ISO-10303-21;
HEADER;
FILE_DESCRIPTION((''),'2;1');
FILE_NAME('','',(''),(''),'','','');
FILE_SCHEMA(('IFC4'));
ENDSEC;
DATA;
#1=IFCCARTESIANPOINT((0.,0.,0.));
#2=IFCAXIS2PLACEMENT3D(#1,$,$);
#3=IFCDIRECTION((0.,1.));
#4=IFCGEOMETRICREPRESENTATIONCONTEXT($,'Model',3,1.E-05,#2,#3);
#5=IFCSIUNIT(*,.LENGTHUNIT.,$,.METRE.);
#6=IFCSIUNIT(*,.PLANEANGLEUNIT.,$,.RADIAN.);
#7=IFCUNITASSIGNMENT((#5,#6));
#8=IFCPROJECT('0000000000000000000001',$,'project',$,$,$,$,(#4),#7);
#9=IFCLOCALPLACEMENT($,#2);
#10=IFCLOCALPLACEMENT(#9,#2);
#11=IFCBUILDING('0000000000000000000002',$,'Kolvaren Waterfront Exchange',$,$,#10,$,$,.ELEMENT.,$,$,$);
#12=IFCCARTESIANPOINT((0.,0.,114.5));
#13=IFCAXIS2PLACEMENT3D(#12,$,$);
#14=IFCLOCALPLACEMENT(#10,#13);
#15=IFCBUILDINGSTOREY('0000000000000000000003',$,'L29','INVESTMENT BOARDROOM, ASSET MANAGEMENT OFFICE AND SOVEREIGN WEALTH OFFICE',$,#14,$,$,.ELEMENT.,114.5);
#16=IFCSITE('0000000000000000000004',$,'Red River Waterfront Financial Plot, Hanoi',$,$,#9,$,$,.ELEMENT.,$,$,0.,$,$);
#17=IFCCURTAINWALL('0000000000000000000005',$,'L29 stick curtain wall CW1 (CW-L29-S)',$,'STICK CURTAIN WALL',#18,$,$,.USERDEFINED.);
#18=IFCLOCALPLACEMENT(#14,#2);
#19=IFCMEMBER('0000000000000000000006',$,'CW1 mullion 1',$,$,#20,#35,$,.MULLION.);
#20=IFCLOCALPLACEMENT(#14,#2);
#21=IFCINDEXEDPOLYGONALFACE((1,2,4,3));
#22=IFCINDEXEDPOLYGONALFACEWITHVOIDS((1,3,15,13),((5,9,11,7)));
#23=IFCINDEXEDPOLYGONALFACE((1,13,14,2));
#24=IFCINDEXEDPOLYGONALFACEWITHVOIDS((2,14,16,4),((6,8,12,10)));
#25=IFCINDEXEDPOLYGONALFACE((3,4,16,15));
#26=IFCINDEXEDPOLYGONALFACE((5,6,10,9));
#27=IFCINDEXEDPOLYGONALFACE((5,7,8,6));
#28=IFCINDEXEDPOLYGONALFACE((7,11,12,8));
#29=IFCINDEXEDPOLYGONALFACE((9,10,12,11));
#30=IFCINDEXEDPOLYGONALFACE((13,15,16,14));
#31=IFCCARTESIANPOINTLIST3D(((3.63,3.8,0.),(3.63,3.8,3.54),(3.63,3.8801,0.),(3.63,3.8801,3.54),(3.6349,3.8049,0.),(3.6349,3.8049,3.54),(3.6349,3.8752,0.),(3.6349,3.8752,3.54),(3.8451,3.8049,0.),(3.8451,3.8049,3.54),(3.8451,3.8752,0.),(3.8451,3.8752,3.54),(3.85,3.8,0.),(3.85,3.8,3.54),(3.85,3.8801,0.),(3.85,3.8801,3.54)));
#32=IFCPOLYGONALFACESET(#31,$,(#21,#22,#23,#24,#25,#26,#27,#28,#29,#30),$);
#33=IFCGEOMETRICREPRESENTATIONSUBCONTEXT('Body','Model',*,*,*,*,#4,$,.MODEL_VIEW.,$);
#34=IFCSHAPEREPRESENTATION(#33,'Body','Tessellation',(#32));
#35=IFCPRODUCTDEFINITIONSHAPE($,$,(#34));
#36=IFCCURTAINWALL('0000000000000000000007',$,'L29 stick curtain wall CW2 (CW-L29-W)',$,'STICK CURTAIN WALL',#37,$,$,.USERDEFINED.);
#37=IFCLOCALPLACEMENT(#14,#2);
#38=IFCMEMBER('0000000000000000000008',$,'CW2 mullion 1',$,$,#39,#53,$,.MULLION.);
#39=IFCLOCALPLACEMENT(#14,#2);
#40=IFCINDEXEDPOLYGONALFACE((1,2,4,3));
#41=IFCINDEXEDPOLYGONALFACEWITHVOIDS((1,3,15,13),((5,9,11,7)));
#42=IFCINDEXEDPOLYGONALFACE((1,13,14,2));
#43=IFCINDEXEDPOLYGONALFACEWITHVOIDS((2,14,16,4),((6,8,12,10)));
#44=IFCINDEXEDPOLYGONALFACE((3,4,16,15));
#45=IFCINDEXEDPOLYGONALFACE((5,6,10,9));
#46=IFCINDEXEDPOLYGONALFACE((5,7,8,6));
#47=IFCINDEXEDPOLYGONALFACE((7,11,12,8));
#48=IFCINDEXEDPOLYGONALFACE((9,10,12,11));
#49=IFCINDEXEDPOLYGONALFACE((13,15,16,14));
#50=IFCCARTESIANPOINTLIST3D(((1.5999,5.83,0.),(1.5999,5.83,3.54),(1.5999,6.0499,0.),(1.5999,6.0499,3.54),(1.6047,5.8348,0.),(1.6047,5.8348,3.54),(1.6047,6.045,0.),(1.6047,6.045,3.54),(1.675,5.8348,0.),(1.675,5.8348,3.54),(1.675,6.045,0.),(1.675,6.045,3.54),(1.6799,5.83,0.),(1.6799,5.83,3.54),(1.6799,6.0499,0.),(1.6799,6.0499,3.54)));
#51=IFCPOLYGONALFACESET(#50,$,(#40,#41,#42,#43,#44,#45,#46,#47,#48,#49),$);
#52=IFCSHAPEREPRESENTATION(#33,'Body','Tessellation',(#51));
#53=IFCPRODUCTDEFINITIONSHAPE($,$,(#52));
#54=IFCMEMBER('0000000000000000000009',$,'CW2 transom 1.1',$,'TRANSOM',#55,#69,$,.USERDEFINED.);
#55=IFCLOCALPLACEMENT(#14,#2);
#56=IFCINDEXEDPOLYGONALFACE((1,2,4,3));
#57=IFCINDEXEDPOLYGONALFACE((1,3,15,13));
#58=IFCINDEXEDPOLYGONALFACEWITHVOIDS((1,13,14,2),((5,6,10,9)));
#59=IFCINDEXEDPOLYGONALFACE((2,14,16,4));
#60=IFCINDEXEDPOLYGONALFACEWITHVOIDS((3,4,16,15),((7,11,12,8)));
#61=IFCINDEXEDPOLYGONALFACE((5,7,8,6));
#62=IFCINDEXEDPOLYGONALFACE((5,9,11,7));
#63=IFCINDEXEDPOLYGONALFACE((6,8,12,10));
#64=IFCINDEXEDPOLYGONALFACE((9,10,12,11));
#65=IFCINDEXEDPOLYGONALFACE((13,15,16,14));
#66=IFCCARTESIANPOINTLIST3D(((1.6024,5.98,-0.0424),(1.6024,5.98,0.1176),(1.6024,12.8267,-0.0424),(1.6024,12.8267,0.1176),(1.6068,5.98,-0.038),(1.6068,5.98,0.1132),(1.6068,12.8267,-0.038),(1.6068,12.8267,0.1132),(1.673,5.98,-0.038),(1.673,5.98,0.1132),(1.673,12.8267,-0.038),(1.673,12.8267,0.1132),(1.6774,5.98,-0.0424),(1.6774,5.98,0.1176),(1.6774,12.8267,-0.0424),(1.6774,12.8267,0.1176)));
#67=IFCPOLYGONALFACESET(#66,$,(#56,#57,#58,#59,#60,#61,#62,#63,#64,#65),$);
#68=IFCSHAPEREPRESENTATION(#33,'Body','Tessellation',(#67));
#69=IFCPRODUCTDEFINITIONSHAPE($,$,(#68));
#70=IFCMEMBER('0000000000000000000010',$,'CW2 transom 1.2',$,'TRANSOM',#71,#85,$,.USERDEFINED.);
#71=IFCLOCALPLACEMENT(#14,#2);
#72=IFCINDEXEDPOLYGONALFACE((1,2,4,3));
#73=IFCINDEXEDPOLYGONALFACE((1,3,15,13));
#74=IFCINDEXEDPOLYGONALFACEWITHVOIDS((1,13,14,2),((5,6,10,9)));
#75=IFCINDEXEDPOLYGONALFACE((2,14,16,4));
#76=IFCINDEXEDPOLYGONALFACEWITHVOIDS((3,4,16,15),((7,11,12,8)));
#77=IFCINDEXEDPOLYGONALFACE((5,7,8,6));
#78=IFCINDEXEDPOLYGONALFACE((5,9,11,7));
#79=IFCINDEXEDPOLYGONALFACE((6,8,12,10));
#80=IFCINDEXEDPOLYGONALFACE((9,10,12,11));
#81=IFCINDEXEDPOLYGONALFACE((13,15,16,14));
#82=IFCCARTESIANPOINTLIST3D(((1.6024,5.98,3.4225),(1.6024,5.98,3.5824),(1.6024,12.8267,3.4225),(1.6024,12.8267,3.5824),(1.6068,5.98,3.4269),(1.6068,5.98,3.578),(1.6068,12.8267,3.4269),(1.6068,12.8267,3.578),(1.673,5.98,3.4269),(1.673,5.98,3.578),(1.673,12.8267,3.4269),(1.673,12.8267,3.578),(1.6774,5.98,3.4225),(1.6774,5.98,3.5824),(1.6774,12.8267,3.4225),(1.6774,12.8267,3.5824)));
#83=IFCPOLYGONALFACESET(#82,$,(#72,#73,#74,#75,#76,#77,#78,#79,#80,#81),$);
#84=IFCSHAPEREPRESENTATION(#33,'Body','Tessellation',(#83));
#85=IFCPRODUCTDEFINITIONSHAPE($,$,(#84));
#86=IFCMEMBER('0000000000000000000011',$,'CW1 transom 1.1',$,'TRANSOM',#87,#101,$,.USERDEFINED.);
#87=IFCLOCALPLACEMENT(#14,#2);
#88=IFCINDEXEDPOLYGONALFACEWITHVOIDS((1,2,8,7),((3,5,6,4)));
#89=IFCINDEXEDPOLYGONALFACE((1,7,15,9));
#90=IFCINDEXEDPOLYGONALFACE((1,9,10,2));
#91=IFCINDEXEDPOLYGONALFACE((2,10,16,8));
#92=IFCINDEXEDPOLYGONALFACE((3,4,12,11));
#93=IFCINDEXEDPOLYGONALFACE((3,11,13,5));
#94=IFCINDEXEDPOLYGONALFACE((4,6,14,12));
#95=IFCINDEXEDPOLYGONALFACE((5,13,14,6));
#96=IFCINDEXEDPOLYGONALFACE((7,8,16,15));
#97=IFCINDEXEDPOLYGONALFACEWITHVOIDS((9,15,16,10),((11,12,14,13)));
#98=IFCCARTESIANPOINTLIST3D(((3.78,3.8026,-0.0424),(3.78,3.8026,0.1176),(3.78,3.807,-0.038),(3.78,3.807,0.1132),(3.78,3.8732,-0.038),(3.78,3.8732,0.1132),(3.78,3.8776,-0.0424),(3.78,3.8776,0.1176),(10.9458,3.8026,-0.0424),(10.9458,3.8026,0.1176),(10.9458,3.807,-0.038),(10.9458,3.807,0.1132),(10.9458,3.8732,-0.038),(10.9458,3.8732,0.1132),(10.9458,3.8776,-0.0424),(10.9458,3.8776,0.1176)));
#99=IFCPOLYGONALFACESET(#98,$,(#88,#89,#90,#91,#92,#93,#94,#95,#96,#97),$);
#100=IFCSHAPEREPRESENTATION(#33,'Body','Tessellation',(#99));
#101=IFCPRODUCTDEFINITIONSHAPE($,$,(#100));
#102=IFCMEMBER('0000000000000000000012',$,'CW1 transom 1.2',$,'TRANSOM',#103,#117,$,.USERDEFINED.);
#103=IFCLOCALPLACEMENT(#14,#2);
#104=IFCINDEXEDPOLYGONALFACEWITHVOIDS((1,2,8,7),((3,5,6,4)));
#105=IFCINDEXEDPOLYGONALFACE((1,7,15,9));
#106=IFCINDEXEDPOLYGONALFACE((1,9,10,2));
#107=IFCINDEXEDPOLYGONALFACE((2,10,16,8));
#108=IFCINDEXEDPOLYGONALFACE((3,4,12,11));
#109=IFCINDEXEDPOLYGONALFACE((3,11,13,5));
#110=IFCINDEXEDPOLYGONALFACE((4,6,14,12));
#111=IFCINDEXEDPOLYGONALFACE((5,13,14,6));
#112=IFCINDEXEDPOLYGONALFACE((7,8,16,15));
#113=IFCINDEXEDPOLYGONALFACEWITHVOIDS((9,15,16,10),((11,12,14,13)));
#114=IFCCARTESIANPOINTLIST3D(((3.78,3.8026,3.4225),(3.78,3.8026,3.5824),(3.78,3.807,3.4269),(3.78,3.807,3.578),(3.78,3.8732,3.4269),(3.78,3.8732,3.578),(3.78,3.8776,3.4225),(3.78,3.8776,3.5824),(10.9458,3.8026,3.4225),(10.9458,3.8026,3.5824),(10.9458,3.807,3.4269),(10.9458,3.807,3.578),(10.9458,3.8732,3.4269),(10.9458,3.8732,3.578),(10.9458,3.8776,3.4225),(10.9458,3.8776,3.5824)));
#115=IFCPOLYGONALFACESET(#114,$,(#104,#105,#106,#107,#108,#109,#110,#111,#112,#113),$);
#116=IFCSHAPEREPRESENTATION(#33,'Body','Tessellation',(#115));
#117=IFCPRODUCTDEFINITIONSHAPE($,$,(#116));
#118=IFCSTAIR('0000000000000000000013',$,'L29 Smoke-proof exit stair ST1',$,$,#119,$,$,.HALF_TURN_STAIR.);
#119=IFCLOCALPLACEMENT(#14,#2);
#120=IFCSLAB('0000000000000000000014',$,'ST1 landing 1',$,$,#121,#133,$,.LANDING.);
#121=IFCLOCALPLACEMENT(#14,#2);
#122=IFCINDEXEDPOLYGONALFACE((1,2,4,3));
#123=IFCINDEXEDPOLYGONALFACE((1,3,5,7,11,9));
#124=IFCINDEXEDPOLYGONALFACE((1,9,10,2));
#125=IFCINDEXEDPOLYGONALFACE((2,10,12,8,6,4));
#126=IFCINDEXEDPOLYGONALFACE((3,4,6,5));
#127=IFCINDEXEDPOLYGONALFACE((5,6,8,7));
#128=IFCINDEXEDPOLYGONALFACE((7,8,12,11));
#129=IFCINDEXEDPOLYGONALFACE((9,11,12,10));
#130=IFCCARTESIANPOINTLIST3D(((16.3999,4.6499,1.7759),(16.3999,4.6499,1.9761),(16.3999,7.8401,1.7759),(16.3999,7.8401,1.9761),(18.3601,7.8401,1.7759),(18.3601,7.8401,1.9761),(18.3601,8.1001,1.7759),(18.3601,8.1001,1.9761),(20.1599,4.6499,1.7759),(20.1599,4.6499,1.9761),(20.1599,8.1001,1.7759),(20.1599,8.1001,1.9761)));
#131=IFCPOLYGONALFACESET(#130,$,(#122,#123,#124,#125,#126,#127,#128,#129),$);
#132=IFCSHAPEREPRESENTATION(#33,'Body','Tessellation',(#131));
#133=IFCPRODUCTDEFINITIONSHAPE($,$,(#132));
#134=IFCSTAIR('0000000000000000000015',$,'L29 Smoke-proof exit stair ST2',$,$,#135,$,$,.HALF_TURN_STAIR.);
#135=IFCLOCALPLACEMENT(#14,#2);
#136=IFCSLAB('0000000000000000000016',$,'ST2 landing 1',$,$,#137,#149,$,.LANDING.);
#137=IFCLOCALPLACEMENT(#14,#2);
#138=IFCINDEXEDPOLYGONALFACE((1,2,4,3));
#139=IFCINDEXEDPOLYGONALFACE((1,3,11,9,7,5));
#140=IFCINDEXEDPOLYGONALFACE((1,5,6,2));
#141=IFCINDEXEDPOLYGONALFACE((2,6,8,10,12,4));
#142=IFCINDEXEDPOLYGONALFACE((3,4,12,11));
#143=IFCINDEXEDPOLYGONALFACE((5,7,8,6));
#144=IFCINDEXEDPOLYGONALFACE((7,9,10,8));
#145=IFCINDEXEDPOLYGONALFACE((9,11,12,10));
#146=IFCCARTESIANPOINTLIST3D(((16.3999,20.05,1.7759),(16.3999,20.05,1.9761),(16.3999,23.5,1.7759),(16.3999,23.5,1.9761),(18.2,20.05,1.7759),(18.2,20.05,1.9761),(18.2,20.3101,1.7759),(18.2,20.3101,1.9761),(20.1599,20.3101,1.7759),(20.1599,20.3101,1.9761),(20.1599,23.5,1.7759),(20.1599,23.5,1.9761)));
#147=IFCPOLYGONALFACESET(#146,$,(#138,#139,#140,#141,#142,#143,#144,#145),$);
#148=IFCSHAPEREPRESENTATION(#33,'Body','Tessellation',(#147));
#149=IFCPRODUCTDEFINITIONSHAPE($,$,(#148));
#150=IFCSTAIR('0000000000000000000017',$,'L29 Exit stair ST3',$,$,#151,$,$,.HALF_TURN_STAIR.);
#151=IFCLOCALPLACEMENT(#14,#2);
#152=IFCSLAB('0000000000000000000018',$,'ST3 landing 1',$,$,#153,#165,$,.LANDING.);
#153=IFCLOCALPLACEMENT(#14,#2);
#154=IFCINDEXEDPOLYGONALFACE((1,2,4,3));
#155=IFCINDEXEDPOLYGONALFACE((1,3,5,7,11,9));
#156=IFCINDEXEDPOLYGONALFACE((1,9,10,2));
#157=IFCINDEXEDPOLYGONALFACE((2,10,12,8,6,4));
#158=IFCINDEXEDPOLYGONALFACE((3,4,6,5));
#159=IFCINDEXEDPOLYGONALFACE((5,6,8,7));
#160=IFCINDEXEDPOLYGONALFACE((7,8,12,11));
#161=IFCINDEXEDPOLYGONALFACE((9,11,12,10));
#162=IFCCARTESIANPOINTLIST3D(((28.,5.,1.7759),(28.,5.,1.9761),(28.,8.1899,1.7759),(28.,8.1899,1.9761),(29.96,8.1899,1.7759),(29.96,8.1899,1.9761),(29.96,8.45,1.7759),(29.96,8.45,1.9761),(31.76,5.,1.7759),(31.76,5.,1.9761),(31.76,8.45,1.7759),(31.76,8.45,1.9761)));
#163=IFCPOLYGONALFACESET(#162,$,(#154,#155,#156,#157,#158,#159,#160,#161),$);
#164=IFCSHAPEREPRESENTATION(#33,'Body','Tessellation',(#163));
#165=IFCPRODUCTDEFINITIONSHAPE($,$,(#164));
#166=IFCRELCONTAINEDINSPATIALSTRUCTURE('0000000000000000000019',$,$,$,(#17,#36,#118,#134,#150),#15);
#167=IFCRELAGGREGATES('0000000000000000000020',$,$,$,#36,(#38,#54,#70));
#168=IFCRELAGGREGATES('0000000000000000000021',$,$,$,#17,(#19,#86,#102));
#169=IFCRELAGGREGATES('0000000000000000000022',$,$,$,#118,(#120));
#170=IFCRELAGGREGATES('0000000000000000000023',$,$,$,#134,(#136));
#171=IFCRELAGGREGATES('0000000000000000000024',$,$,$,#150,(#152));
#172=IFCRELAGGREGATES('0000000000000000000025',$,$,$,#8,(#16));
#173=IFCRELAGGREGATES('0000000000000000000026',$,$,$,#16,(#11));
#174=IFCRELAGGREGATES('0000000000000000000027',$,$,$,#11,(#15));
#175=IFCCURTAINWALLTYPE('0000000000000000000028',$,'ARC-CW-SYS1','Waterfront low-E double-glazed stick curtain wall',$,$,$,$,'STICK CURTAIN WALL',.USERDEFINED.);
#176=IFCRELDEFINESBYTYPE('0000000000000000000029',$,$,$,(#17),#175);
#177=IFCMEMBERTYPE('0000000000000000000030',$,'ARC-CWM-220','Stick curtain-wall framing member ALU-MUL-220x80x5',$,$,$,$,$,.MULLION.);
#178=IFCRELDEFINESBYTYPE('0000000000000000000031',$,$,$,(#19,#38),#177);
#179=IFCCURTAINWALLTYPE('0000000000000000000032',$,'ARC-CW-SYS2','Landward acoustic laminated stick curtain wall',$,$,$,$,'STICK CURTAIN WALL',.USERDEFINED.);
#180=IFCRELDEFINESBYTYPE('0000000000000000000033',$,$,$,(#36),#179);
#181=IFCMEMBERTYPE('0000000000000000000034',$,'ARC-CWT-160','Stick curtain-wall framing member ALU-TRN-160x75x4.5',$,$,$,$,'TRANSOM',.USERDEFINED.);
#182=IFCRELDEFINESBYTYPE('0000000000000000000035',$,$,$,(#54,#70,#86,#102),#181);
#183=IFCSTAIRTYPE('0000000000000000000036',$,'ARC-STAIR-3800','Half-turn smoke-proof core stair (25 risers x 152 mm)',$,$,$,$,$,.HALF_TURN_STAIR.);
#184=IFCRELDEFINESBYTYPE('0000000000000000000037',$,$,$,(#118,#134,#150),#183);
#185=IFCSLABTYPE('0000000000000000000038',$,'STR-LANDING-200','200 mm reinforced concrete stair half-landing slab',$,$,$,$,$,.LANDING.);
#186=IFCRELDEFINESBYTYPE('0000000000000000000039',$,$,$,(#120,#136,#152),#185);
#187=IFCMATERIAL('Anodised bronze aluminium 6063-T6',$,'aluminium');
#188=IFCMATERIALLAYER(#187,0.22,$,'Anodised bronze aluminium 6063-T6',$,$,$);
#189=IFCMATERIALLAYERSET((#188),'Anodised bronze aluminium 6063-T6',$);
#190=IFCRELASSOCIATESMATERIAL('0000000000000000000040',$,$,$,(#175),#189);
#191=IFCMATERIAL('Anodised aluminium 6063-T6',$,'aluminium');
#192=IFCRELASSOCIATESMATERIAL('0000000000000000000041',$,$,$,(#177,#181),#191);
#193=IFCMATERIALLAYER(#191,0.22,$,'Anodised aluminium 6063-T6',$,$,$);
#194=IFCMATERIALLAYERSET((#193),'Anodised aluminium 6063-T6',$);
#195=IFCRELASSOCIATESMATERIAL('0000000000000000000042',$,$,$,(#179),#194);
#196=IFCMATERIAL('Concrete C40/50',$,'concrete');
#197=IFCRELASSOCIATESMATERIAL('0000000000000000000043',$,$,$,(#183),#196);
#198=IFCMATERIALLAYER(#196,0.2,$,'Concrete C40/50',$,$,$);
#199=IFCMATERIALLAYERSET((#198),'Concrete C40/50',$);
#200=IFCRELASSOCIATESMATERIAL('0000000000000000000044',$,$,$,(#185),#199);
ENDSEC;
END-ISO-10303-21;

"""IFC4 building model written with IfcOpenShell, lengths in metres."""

from ifc_helpers import new_model, si_unit, direction, frame, origin, origin_with_axes, origin_2d, place, context, subcontext, project, spatial, polyline, hollow_rectangle, outline, extrude, source, transform, mapped, material, layer, layer_set, material_profile, profile_set, type_object, element, aggregate, save


model = new_model("IFC4")

# Units and contexts
model_context = context("Model", 3, precision=1e-05, world=origin(), true_north=direction((0.0, 1.0)))
body_context = subcontext(model_context, "Body", "Model", "MODEL_VIEW")
ifc_project = project(units=[si_unit("LENGTHUNIT", "METRE"), si_unit("PLANEANGLEUNIT", "RADIAN")], contexts=[model_context])

# Site, building, storey
site_placement = place(None, origin())
site = spatial("IfcSite", under=ifc_project, at=site_placement, Name="Red River Waterfront Financial Plot, Hanoi", CompositionType="ELEMENT", RefElevation=0.0)
building_placement = place(site_placement, origin())
building = spatial("IfcBuilding", under=site, at=building_placement, Name="Kolvaren Waterfront Exchange", CompositionType="ELEMENT")
storey_placement = place(building_placement, frame((0.0, 0.0, 114.5)))
storey = spatial("IfcBuildingStorey", under=building, at=storey_placement, Name="L29", Description="INVESTMENT BOARDROOM, ASSET MANAGEMENT OFFICE AND SOVEREIGN WEALTH OFFICE", CompositionType="ELEMENT", Elevation=114.5)

# Curtain wall, member
ifc_material_1 = material(Name="Anodised bronze aluminium 6063-T6", Category="aluminium")
ifc_layer_1 = layer(ifc_material_1, 0.22, Name="Anodised bronze aluminium 6063-T6")
ifc_layer_set_1 = layer_set([ifc_layer_1], Name="Anodised bronze aluminium 6063-T6")
curtain_wall_type_1 = type_object("IfcCurtainWallType", Name="ARC-CW-SYS1", Description="Waterfront low-E double-glazed stick curtain wall", ElementType="STICK CURTAIN WALL", PredefinedType="USERDEFINED", material=ifc_layer_set_1)
curtain_wall_1_placement = place(storey_placement, origin())
curtain_wall_1 = element("IfcCurtainWall", 1, at=curtain_wall_1_placement, inside=storey, type_object=curtain_wall_type_1, Name="L29 stick curtain wall CW1 (CW-L29-S)", ObjectType="STICK CURTAIN WALL", PredefinedType="USERDEFINED")
ifc_material_2 = material(Name="Anodised aluminium 6063-T6", Category="aluminium")
ifc_material_profile_1 = material_profile(ifc_material_2, hollow_rectangle(XDim=0.0801, YDim=0.22, WallThickness=0.0049, at=origin_2d()), Name="ALU-MUL-220x80x5")
ifc_profile_set_1 = profile_set([ifc_material_profile_1], Name="Anodised aluminium 6063-T6")
member_type_1 = type_object("IfcMemberType", Name="ARC-CWM-220", Description="Stick curtain-wall framing member ALU-MUL-220x80x5", PredefinedType="MULLION", material=ifc_profile_set_1)
shared_shape_1 = source(origin_with_axes(), body_context, "Body", "SweptSolid", [
    extrude(hollow_rectangle(XDim=0.0801, YDim=0.22, WallThickness=0.0049, at=origin_2d()), origin(), (0.0, 0.0, 1.0), 3.54),
])
member_1_placement = place(storey_placement, frame((3.74, 3.8401, 0.0), z_axis=(0.0, 0.0, 1.0), x_axis=(0.0, 1.0, 0.0)))
member_1 = element("IfcMember", 2, at=member_1_placement, type_object=member_type_1, Name="CW1 mullion 1", PredefinedType="MULLION", context=body_context, shape_type="MappedRepresentation", body=[
    mapped(shared_shape_1, transform((0.0, 0.0, 0.0), x_axis=(1.0, 0.0, 0.0), y_axis=(0.0, 1.0, 0.0), z_axis=(0.0, 0.0, 1.0), scale=1.0)),
])

# Curtain wall, members
ifc_layer_2 = layer(ifc_material_2, 0.22, Name="Anodised aluminium 6063-T6")
ifc_layer_set_2 = layer_set([ifc_layer_2], Name="Anodised aluminium 6063-T6")
curtain_wall_type_2 = type_object("IfcCurtainWallType", Name="ARC-CW-SYS2", Description="Landward acoustic laminated stick curtain wall", ElementType="STICK CURTAIN WALL", PredefinedType="USERDEFINED", material=ifc_layer_set_2)
curtain_wall_2_placement = place(storey_placement, origin())
curtain_wall_2 = element("IfcCurtainWall", 3, at=curtain_wall_2_placement, inside=storey, type_object=curtain_wall_type_2, Name="L29 stick curtain wall CW2 (CW-L29-W)", ObjectType="STICK CURTAIN WALL", PredefinedType="USERDEFINED")
member_2_placement = place(storey_placement, frame((1.6399, 5.9399, 0.0), z_axis=(0.0, 0.0, 1.0), x_axis=(-1.0, 0.0, 0.0)))
member_2 = element("IfcMember", 4, at=member_2_placement, type_object=member_type_1, Name="CW2 mullion 1", PredefinedType="MULLION", context=body_context, shape_type="MappedRepresentation", body=[
    mapped(shared_shape_1, transform((0.0, 0.0, 0.0), x_axis=(1.0, 0.0, 0.0), y_axis=(0.0, 1.0, 0.0), z_axis=(0.0, 0.0, 1.0), scale=1.0)),
])
ifc_material_profile_2 = material_profile(ifc_material_2, hollow_rectangle(XDim=0.075, YDim=0.1599, WallThickness=0.0044, at=origin_2d()), Name="ALU-TRN-160x75x4.5")
ifc_profile_set_2 = profile_set([ifc_material_profile_2], Name="Anodised aluminium 6063-T6")
member_type_2 = type_object("IfcMemberType", Name="ARC-CWT-160", Description="Stick curtain-wall framing member ALU-TRN-160x75x4.5", ElementType="TRANSOM", PredefinedType="USERDEFINED", material=ifc_profile_set_2)
shared_shape_2 = source(origin_with_axes(), body_context, "Body", "SweptSolid", [
    extrude(hollow_rectangle(XDim=0.075, YDim=0.1599, WallThickness=0.0044, at=origin_2d()), origin(), (0.0, 0.0, 1.0), 6.8467),
])
member_3_placement = place(storey_placement, frame((1.6399, 5.98, 0.0376), z_axis=(0.0, 1.0, 0.0), x_axis=(-1.0, 0.0, 0.0)))
member_3 = element("IfcMember", 5, at=member_3_placement, type_object=member_type_2, Name="CW2 transom 1.1", ObjectType="TRANSOM", PredefinedType="USERDEFINED", context=body_context, shape_type="MappedRepresentation", body=[
    mapped(shared_shape_2, transform((0.0, 0.0, 0.0), x_axis=(1.0, 0.0, 0.0), y_axis=(0.0, 1.0, 0.0), z_axis=(0.0, 0.0, 1.0), scale=1.0)),
])
member_4_placement = place(storey_placement, frame((1.6399, 5.98, 3.5024), z_axis=(0.0, 1.0, 0.0), x_axis=(-1.0, 0.0, 0.0)))
member_4 = element("IfcMember", 6, at=member_4_placement, type_object=member_type_2, Name="CW2 transom 1.2", ObjectType="TRANSOM", PredefinedType="USERDEFINED", context=body_context, shape_type="MappedRepresentation", body=[
    mapped(shared_shape_2, transform((0.0, 0.0, 0.0), x_axis=(1.0, 0.0, 0.0), y_axis=(0.0, 1.0, 0.0), z_axis=(0.0, 0.0, 1.0), scale=1.0)),
])
aggregate(curtain_wall_2, [member_2, member_3, member_4])

# Members
shared_shape_3 = source(origin_with_axes(), body_context, "Body", "SweptSolid", [
    extrude(hollow_rectangle(XDim=0.075, YDim=0.1599, WallThickness=0.0044, at=origin_2d()), origin(), (0.0, 0.0, 1.0), 7.1658),
])
member_5_placement = place(storey_placement, frame((3.78, 3.8401, 0.0376), z_axis=(1.0, 0.0, 0.0), x_axis=(0.0, 1.0, 0.0)))
member_5 = element("IfcMember", 7, at=member_5_placement, type_object=member_type_2, Name="CW1 transom 1.1", ObjectType="TRANSOM", PredefinedType="USERDEFINED", context=body_context, shape_type="MappedRepresentation", body=[
    mapped(shared_shape_3, transform((0.0, 0.0, 0.0), x_axis=(1.0, 0.0, 0.0), y_axis=(0.0, 1.0, 0.0), z_axis=(0.0, 0.0, 1.0), scale=1.0)),
])
member_6_placement = place(storey_placement, frame((3.78, 3.8401, 3.5024), z_axis=(1.0, 0.0, 0.0), x_axis=(0.0, 1.0, 0.0)))
member_6 = element("IfcMember", 8, at=member_6_placement, type_object=member_type_2, Name="CW1 transom 1.2", ObjectType="TRANSOM", PredefinedType="USERDEFINED", context=body_context, shape_type="MappedRepresentation", body=[
    mapped(shared_shape_3, transform((0.0, 0.0, 0.0), x_axis=(1.0, 0.0, 0.0), y_axis=(0.0, 1.0, 0.0), z_axis=(0.0, 0.0, 1.0), scale=1.0)),
])
aggregate(curtain_wall_1, [member_1, member_5, member_6])

# Stairs, slabs
ifc_material_3 = material(Name="Concrete C40/50", Category="concrete")
stair_type = type_object("IfcStairType", Name="ARC-STAIR-3800", Description="Half-turn smoke-proof core stair (25 risers x 152 mm)", PredefinedType="HALF_TURN_STAIR", material=ifc_material_3)
stair_1_placement = place(storey_placement, origin())
stair_1 = element("IfcStair", 9, at=stair_1_placement, inside=storey, type_object=stair_type, Name="L29 Smoke-proof exit stair ST1", PredefinedType="HALF_TURN_STAIR")
ifc_layer_3 = layer(ifc_material_3, 0.2, Name="Concrete C40/50")
ifc_layer_set_3 = layer_set([ifc_layer_3], Name="Concrete C40/50")
slab_type_1 = type_object("IfcSlabType", Name="STR-LANDING-200", Description="200 mm reinforced concrete stair half-landing slab", PredefinedType="LANDING", material=ifc_layer_set_3)
slab_1_placement = place(storey_placement, frame((0.0, 0.0, 1.7759)))
slab_1 = element("IfcSlab", 10, at=slab_1_placement, type_object=slab_type_1, Name="ST1 landing 1", PredefinedType="LANDING", context=body_context, shape_type="SweptSolid", body=[
    extrude(outline(polyline([(16.3999, 7.8401), (16.3999, 4.6499), (20.1599, 4.6499), (20.1599, 8.1001), (18.3601, 8.1001), (18.3601, 7.8401), (16.3999, 7.8401)])), origin(), (0.0, 0.0, 1.0), 0.2002),
])
aggregate(stair_1, [slab_1])
stair_2_placement = place(storey_placement, origin())
stair_2 = element("IfcStair", 11, at=stair_2_placement, inside=storey, type_object=stair_type, Name="L29 Smoke-proof exit stair ST2", PredefinedType="HALF_TURN_STAIR")
slab_2_placement = place(storey_placement, frame((0.0, 0.0, 1.7759)))
slab_2 = element("IfcSlab", 12, at=slab_2_placement, type_object=slab_type_1, Name="ST2 landing 1", PredefinedType="LANDING", context=body_context, shape_type="SweptSolid", body=[
    extrude(outline(polyline([(20.1599, 20.3101), (20.1599, 23.5), (16.3999, 23.5), (16.3999, 20.05), (18.2, 20.05), (18.2, 20.3101), (20.1599, 20.3101)])), origin(), (0.0, 0.0, 1.0), 0.2002),
])
aggregate(stair_2, [slab_2])
stair_3_placement = place(storey_placement, origin())
stair_3 = element("IfcStair", 13, at=stair_3_placement, inside=storey, type_object=stair_type, Name="L29 Exit stair ST3", PredefinedType="HALF_TURN_STAIR")
slab_3_placement = place(storey_placement, frame((0.0, 0.0, 1.7759)))
slab_3 = element("IfcSlab", 14, at=slab_3_placement, type_object=slab_type_1, Name="ST3 landing 1", PredefinedType="LANDING", context=body_context, shape_type="SweptSolid", body=[
    extrude(outline(polyline([(28.0, 8.1899), (28.0, 5.0), (31.76, 5.0), (31.76, 8.45), (29.96, 8.45), (29.96, 8.1899), (28.0, 8.1899)])), origin(), (0.0, 0.0, 1.0), 0.2002),
])
aggregate(stair_3, [slab_3])

save(model, "model.ifc")
